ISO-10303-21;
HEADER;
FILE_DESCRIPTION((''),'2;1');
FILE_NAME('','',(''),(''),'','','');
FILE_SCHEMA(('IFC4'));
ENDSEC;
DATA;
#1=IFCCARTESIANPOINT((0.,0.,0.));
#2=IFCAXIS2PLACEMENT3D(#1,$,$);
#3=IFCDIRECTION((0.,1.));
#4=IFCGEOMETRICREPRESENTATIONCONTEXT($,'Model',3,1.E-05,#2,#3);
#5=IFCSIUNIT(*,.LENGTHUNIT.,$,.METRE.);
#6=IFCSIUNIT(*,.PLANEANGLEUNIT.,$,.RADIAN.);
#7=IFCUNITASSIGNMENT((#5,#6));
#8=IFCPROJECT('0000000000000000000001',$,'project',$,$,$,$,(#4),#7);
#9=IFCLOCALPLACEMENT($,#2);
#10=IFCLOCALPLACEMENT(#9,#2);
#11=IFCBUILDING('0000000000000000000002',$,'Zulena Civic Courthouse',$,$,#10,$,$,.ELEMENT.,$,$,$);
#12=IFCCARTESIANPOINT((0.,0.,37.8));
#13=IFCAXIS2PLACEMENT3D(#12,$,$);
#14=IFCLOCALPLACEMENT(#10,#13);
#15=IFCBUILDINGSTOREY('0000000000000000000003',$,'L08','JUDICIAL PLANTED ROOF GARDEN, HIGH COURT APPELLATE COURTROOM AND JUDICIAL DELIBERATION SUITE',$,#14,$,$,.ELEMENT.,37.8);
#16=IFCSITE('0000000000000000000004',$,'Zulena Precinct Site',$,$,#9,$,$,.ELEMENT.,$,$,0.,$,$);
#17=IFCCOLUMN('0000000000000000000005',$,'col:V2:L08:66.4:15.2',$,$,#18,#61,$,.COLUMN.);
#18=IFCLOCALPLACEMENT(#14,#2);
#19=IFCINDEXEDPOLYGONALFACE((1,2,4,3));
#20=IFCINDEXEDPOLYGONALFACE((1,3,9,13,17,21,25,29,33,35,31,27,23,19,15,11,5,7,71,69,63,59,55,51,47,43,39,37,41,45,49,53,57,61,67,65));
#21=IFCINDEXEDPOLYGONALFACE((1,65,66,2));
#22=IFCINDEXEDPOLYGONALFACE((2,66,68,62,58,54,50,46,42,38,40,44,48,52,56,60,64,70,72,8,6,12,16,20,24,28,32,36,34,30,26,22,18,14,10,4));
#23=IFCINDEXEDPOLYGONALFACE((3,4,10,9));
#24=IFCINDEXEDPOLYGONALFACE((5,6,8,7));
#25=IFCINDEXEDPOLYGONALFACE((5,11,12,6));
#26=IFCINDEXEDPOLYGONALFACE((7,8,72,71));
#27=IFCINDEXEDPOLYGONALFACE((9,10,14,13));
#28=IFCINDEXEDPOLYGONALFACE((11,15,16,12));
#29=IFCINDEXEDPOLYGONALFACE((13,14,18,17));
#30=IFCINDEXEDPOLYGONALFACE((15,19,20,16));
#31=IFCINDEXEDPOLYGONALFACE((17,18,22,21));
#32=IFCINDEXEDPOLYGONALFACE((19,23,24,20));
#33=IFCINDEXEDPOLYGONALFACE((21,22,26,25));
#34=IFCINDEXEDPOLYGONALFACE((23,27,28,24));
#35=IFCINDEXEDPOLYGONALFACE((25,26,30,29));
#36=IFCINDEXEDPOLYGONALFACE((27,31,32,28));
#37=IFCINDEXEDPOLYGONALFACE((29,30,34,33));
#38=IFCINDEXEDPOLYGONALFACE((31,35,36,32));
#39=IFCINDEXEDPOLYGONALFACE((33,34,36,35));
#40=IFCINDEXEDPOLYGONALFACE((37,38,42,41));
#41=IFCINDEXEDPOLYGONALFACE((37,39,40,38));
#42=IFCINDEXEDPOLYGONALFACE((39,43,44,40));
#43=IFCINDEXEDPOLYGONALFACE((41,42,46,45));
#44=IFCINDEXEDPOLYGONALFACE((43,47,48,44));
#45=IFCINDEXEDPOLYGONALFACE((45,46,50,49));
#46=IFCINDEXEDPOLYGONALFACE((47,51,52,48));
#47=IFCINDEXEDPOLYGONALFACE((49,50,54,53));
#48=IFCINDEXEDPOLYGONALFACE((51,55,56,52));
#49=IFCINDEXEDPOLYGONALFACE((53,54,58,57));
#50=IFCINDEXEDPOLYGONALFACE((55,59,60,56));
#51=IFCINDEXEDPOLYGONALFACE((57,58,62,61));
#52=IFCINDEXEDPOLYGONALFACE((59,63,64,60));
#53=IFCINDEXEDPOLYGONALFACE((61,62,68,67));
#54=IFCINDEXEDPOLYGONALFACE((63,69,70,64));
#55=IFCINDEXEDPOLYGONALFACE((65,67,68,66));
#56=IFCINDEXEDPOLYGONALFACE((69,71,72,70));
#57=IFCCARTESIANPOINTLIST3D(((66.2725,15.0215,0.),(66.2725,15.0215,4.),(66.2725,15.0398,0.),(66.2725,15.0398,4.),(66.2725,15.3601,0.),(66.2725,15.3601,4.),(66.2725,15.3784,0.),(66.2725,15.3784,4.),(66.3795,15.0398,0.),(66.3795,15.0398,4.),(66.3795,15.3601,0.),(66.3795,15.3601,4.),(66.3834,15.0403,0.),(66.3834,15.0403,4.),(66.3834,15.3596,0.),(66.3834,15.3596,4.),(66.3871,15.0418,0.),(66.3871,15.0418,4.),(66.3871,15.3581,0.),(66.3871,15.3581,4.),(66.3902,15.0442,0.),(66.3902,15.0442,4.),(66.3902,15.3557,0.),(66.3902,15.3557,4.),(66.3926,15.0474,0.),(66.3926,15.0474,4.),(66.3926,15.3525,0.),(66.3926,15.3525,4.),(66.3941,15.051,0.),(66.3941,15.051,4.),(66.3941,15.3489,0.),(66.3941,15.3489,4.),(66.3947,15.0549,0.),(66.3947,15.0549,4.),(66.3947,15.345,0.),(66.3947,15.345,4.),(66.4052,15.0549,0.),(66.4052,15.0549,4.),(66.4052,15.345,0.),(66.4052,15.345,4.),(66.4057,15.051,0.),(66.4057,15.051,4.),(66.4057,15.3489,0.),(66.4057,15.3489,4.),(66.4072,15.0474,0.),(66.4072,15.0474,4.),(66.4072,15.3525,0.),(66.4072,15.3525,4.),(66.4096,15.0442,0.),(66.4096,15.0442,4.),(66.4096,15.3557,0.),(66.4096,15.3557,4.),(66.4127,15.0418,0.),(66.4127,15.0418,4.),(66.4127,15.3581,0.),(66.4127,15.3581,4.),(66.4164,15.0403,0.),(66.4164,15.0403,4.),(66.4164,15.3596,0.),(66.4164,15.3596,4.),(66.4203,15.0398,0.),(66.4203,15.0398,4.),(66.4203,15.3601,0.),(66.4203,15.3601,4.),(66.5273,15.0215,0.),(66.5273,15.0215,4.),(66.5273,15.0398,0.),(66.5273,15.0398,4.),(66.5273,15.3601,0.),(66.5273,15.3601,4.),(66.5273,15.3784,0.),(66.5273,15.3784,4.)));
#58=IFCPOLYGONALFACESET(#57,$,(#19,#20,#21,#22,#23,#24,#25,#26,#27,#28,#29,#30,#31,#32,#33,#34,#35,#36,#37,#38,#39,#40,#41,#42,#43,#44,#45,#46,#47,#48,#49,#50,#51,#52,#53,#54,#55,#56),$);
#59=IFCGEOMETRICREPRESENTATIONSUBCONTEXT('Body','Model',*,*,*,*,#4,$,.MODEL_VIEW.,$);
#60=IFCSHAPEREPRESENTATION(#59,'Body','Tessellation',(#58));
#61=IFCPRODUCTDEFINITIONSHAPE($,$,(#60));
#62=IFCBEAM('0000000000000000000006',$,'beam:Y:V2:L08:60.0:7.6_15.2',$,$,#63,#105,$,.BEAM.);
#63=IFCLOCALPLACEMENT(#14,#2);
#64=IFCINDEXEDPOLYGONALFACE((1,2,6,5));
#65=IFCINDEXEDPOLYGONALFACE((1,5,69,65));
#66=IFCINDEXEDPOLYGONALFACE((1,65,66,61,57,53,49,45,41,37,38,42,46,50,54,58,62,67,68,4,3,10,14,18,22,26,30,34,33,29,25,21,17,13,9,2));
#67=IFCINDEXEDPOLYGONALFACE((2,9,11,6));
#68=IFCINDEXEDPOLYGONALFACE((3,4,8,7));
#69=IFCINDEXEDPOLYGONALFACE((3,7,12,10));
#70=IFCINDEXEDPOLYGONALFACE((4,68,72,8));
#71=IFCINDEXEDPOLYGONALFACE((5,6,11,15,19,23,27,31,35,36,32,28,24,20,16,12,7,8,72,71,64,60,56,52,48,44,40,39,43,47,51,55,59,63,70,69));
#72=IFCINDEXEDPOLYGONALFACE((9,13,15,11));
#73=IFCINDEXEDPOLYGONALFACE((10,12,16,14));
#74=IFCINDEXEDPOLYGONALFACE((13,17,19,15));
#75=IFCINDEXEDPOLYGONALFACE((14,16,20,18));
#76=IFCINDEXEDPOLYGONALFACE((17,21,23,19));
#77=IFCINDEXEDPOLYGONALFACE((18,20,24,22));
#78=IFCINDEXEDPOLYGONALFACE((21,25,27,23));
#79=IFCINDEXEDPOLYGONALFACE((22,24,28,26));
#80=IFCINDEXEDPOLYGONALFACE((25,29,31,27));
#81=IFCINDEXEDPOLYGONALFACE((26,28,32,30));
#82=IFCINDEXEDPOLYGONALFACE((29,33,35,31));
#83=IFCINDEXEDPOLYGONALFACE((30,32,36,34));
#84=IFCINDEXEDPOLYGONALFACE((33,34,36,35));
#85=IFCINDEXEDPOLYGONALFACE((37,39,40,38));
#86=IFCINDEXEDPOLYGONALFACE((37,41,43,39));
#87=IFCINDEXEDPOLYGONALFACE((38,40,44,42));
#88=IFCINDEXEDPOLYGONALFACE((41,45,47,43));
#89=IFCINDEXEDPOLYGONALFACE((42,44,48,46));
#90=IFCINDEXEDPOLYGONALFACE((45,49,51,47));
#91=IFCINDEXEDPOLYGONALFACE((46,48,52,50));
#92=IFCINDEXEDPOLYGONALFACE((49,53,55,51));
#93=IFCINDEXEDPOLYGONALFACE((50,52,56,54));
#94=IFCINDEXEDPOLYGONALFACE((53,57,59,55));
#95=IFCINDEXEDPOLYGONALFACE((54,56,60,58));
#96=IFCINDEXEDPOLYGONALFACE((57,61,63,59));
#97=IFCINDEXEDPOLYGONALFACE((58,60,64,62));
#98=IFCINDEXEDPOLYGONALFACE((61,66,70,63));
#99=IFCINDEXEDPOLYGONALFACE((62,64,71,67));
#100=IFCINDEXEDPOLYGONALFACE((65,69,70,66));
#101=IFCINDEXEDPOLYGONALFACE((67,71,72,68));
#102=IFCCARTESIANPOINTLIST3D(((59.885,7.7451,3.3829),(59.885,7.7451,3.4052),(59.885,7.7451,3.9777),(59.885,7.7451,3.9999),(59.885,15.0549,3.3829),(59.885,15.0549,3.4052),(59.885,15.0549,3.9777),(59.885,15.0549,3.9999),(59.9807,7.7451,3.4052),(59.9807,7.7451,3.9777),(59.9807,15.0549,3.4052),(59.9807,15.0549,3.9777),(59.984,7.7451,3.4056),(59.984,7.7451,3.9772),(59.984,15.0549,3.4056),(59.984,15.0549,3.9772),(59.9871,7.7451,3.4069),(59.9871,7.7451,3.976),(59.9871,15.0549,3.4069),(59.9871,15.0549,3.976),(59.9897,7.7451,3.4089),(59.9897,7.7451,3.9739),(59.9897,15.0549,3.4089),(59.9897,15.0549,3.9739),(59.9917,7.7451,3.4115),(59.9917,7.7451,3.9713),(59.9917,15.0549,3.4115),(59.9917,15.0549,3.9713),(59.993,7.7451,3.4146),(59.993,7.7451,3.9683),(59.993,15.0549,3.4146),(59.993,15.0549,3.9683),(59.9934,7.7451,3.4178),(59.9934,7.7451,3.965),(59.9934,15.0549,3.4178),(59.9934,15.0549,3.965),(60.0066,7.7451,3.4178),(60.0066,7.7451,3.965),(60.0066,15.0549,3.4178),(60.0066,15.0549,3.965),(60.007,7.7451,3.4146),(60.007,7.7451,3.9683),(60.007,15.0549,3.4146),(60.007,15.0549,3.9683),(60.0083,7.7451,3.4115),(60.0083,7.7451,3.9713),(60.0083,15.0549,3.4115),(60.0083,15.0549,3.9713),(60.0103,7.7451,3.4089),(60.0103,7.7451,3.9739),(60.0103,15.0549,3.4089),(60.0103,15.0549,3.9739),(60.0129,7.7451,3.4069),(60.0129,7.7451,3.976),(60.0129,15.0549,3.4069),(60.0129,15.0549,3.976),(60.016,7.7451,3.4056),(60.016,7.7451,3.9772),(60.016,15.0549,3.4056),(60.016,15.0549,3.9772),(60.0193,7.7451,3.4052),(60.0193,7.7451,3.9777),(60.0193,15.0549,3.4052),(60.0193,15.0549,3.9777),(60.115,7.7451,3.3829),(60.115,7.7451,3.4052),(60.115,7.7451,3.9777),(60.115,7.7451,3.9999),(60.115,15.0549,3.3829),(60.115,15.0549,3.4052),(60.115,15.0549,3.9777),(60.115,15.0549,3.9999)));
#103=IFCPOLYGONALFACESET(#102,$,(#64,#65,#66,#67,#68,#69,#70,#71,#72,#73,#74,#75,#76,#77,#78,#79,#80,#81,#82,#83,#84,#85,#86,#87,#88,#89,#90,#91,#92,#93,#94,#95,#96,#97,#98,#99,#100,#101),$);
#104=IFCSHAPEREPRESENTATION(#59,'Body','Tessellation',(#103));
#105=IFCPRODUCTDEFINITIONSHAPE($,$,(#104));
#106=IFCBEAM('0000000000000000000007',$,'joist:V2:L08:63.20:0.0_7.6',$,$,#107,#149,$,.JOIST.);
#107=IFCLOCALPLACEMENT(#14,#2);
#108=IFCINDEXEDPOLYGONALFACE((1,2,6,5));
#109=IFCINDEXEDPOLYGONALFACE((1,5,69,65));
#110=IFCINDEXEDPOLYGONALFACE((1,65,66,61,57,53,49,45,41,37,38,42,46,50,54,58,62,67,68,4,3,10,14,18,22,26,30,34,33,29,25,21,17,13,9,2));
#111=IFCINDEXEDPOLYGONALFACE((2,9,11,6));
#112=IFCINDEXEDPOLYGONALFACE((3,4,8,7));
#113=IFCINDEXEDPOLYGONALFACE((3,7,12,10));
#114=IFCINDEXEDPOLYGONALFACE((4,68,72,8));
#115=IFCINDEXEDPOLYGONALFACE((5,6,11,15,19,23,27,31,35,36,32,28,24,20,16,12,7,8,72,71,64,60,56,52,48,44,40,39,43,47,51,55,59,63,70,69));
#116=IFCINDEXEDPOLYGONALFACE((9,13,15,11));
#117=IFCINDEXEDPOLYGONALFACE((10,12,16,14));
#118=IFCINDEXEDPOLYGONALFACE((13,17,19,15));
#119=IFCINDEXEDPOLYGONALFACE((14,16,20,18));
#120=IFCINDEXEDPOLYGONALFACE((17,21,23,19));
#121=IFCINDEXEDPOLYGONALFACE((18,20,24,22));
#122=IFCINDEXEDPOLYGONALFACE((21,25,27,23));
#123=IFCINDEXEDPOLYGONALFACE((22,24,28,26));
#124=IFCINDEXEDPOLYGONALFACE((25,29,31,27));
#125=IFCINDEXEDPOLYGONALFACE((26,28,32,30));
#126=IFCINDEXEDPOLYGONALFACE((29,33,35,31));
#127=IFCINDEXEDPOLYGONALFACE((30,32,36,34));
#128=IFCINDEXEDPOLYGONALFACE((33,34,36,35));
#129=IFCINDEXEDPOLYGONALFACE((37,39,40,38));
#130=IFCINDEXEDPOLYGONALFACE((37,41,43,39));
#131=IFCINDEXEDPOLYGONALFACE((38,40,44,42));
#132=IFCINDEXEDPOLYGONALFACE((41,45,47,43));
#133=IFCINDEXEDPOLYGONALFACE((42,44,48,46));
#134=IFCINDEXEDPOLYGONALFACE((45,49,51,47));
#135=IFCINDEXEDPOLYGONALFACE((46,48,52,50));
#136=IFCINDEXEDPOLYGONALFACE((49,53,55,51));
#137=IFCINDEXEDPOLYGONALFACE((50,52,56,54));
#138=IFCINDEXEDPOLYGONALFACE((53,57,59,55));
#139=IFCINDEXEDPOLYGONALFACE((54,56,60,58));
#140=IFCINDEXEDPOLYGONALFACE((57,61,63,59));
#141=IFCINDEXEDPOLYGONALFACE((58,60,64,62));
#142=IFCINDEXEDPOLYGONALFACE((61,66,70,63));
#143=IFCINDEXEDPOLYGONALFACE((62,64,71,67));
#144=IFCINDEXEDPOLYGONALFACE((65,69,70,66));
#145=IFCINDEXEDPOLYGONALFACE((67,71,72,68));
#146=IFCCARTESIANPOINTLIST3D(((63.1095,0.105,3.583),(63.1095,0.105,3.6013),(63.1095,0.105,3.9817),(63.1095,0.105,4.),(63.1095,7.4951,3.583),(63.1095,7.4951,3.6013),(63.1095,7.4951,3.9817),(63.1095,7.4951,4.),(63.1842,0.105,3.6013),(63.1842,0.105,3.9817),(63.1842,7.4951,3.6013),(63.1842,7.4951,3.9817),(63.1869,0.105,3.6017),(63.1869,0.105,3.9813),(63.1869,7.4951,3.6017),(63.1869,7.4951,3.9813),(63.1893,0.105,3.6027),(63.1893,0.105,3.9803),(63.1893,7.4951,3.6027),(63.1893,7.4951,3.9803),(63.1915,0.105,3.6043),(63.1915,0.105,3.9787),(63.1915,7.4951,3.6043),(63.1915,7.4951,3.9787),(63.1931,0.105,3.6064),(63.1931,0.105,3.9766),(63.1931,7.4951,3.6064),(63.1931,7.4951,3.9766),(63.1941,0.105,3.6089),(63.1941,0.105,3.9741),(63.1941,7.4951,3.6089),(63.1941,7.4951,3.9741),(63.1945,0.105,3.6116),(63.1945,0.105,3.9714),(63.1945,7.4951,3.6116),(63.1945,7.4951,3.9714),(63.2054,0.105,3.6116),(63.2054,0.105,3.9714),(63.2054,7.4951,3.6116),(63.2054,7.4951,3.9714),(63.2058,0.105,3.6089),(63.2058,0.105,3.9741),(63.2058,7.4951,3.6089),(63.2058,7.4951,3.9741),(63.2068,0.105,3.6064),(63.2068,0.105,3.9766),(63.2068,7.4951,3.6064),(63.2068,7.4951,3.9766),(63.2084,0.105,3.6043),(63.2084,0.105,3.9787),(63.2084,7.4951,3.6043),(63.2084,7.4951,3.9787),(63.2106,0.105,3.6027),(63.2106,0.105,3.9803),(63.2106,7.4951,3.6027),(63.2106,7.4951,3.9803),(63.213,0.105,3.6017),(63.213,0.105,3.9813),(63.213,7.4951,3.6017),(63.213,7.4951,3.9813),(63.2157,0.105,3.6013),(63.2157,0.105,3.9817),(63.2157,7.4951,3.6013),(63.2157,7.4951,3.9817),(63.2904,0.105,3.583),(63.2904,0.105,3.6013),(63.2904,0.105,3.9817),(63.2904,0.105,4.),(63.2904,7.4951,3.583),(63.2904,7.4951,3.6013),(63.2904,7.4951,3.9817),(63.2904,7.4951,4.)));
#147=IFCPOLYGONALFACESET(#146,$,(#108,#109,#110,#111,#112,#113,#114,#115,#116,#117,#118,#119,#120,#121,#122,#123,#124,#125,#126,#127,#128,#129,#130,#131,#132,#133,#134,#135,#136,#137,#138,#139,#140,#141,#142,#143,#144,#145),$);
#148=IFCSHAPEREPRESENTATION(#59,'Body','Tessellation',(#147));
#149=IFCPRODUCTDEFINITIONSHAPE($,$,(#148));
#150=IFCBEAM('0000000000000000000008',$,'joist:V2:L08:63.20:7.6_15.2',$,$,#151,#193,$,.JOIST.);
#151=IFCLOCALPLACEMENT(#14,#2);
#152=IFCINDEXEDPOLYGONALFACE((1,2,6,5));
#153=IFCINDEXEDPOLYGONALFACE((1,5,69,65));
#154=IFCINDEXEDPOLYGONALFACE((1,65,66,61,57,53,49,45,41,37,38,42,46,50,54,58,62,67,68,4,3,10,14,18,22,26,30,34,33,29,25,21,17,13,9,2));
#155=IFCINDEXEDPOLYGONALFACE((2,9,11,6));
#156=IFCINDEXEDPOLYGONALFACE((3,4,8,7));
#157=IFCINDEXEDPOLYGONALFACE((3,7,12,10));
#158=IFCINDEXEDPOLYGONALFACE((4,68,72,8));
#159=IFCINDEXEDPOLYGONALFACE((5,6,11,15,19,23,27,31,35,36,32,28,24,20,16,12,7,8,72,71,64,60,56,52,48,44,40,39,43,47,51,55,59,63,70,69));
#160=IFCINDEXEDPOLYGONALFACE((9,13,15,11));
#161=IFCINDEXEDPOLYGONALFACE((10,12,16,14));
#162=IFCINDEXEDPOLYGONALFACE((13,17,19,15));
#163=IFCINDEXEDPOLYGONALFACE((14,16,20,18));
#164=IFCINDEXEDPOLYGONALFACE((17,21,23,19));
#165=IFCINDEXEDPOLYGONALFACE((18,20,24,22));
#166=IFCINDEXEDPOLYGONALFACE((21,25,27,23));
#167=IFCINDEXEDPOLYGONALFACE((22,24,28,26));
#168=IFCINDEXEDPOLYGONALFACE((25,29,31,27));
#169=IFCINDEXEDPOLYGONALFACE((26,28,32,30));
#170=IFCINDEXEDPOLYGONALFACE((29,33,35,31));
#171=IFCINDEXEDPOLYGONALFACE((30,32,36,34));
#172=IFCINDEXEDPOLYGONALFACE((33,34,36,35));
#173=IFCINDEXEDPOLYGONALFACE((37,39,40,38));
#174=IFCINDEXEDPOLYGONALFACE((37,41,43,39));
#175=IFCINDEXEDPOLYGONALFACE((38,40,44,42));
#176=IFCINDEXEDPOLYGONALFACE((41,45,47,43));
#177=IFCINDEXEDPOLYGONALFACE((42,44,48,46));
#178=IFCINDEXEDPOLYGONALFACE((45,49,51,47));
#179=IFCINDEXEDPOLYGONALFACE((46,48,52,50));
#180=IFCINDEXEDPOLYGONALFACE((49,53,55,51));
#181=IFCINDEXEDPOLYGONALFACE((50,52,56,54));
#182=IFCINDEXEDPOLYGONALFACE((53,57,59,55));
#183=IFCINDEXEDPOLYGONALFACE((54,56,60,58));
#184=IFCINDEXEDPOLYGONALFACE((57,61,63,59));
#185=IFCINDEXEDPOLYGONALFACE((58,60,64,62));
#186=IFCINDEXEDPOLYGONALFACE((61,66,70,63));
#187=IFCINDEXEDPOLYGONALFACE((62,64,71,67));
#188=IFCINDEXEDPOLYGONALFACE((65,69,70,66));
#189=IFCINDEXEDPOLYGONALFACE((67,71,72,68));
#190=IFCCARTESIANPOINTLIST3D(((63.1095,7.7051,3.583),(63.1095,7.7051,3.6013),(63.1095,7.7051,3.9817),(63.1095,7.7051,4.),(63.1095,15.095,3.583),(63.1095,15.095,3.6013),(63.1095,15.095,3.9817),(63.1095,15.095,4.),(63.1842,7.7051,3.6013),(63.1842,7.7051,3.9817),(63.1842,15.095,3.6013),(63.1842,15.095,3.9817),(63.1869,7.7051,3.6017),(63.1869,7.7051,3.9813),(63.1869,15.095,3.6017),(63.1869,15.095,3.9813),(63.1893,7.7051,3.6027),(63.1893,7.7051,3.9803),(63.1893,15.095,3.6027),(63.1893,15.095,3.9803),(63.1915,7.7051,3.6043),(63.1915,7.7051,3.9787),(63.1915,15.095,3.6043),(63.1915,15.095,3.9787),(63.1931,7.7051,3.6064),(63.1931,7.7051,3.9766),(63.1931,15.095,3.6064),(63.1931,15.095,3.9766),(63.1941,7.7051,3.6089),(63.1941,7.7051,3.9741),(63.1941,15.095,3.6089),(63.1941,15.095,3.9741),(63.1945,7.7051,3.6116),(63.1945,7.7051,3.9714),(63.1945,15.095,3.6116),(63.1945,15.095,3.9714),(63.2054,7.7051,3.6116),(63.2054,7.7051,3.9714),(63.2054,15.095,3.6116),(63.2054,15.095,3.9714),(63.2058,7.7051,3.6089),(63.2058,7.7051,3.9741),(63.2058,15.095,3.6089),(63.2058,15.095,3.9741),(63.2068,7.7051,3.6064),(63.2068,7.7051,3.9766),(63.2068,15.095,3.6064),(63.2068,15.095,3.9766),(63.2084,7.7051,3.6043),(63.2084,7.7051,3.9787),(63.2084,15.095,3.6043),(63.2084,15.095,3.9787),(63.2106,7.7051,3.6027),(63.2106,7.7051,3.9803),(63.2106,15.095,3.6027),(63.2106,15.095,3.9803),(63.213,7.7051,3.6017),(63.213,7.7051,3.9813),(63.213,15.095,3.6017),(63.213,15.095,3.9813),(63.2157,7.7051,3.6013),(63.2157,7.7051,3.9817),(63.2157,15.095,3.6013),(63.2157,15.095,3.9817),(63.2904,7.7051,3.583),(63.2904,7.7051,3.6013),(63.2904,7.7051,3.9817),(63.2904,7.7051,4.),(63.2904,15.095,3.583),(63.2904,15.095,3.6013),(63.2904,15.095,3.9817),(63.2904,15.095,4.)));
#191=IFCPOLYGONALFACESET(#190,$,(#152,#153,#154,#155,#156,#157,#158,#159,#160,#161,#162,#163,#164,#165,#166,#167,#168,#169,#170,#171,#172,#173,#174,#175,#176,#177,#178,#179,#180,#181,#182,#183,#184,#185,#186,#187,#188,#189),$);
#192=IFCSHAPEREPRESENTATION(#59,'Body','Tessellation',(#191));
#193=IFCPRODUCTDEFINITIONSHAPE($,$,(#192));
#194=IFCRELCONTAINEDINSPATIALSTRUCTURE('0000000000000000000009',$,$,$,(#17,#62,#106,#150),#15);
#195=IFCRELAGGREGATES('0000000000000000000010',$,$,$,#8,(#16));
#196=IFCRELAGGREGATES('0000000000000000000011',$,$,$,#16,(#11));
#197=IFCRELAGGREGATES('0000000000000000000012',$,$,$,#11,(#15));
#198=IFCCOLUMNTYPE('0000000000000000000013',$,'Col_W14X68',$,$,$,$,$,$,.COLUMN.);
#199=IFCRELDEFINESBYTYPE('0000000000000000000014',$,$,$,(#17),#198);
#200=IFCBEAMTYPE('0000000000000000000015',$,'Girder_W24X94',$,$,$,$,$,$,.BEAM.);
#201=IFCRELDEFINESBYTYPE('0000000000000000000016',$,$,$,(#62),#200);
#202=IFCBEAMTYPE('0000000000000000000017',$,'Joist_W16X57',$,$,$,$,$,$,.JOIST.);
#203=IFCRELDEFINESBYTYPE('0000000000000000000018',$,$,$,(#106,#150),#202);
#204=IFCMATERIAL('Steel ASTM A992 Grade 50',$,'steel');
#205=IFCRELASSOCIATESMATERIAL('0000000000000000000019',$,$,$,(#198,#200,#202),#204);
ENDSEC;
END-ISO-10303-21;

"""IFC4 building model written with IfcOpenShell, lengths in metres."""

from ifc_helpers import new_model, si_unit, direction, frame, origin, origin_2d, place, context, subcontext, project, spatial, i_section, extrude, material, material_profile, profile_set, type_object, element, save


model = new_model("IFC4")

# Units and contexts
model_context = context("Model", 3, precision=1e-05, world=origin(), true_north=direction((0.0, 1.0)))
body_context = subcontext(model_context, "Body", "Model", "MODEL_VIEW")
ifc_project = project(units=[si_unit("LENGTHUNIT", "METRE"), si_unit("PLANEANGLEUNIT", "RADIAN")], contexts=[model_context])

# Site, building, storey
site_placement = place(None, origin())
site = spatial("IfcSite", under=ifc_project, at=site_placement, Name="Zulena Precinct Site", CompositionType="ELEMENT", RefElevation=0.0)
building_placement = place(site_placement, origin())
building = spatial("IfcBuilding", under=site, at=building_placement, Name="Zulena Civic Courthouse", CompositionType="ELEMENT")
storey_placement = place(building_placement, frame((0.0, 0.0, 37.8)))
storey = spatial("IfcBuildingStorey", under=building, at=storey_placement, Name="L08", Description="JUDICIAL PLANTED ROOF GARDEN, HIGH COURT APPELLATE COURTROOM AND JUDICIAL DELIBERATION SUITE", CompositionType="ELEMENT", Elevation=37.8)

# Column
ifc_material_1 = material(Name="Steel ASTM A992 Grade 50", Category="steel")
ifc_material_profile_1 = material_profile(ifc_material_1, i_section(OverallWidth=0.2549, OverallDepth=0.3569, WebThickness=0.0105, FlangeThickness=0.0183, FilletRadius=0.0151, at=origin_2d()), Name="W14X68")
ifc_profile_set_1 = profile_set([ifc_material_profile_1], Name="Steel ASTM A992 Grade 50")
column_type_1 = type_object("IfcColumnType", Name="Col_W14X68", PredefinedType="COLUMN", material=ifc_profile_set_1)
for number, where, z_axis, x_axis, name in (
    (1, (66.3999, 15.2, 0.0), (0.0, 0.0, 1.0), (1.0, 0.0, 0.0), "col:V2:L08:66.4:15.2"),
):
    element("IfcColumn", number, at=place(storey_placement, frame(where, z_axis=z_axis, x_axis=x_axis)), inside=storey, type_object=column_type_1, Name=name, PredefinedType="COLUMN", context=body_context, shape_type="SweptSolid", body=[
        extrude(i_section(OverallWidth=0.2549, OverallDepth=0.3569, WebThickness=0.0105, FlangeThickness=0.0183, FilletRadius=0.0151, at=origin_2d()), origin(), (0.0, 0.0, 1.0), 4.0),
    ])

# Beams
ifc_material_profile_2 = material_profile(ifc_material_1, i_section(OverallWidth=0.23, OverallDepth=0.6169, WebThickness=0.0132, FlangeThickness=0.0222, FilletRadius=0.0127, at=origin_2d()), Name="W24X94")
ifc_profile_set_2 = profile_set([ifc_material_profile_2], Name="Steel ASTM A992 Grade 50")
beam_type_1 = type_object("IfcBeamType", Name="Girder_W24X94", PredefinedType="BEAM", material=ifc_profile_set_2)
beam_1_placement = place(storey_placement, frame((60.0, 7.7451, 3.6914), z_axis=(0.0, 1.0, 0.0), x_axis=(-1.0, 0.0, 0.0)))
element("IfcBeam", 2, at=beam_1_placement, inside=storey, type_object=beam_type_1, Name="beam:Y:V2:L08:60.0:7.6_15.2", PredefinedType="BEAM", context=body_context, shape_type="SweptSolid", body=[
    extrude(i_section(OverallWidth=0.23, OverallDepth=0.6169, WebThickness=0.0132, FlangeThickness=0.0222, FilletRadius=0.0127, at=origin_2d()), origin(), (0.0, 0.0, 1.0), 7.3098),
])
ifc_material_profile_3 = material_profile(ifc_material_1, i_section(OverallWidth=0.1809, OverallDepth=0.417, WebThickness=0.011, FlangeThickness=0.0183, FilletRadius=0.0103, at=origin_2d()), Name="W16X57")
ifc_profile_set_3 = profile_set([ifc_material_profile_3], Name="Steel ASTM A992 Grade 50")
beam_type_2 = type_object("IfcBeamType", Name="Joist_W16X57", PredefinedType="JOIST", material=ifc_profile_set_3)
beam_2_placement = place(storey_placement, frame((63.2, 0.105, 3.7915), z_axis=(0.0, 1.0, 0.0), x_axis=(-1.0, 0.0, 0.0)))
element("IfcBeam", 3, at=beam_2_placement, inside=storey, type_object=beam_type_2, Name="joist:V2:L08:63.20:0.0_7.6", PredefinedType="JOIST", context=body_context, shape_type="SweptSolid", body=[
    extrude(i_section(OverallWidth=0.1809, OverallDepth=0.417, WebThickness=0.011, FlangeThickness=0.0183, FilletRadius=0.0103, at=origin_2d()), origin(), (0.0, 0.0, 1.0), 7.3901),
])
beam_3_placement = place(storey_placement, frame((63.2, 7.7051, 3.7915), z_axis=(0.0, 1.0, 0.0), x_axis=(-1.0, 0.0, 0.0)))
element("IfcBeam", 4, at=beam_3_placement, inside=storey, type_object=beam_type_2, Name="joist:V2:L08:63.20:7.6_15.2", PredefinedType="JOIST", context=body_context, shape_type="SweptSolid", body=[
    extrude(i_section(OverallWidth=0.1809, OverallDepth=0.417, WebThickness=0.011, FlangeThickness=0.0183, FilletRadius=0.0103, at=origin_2d()), origin(), (0.0, 0.0, 1.0), 7.3899),
])

save(model, "model.ifc")
